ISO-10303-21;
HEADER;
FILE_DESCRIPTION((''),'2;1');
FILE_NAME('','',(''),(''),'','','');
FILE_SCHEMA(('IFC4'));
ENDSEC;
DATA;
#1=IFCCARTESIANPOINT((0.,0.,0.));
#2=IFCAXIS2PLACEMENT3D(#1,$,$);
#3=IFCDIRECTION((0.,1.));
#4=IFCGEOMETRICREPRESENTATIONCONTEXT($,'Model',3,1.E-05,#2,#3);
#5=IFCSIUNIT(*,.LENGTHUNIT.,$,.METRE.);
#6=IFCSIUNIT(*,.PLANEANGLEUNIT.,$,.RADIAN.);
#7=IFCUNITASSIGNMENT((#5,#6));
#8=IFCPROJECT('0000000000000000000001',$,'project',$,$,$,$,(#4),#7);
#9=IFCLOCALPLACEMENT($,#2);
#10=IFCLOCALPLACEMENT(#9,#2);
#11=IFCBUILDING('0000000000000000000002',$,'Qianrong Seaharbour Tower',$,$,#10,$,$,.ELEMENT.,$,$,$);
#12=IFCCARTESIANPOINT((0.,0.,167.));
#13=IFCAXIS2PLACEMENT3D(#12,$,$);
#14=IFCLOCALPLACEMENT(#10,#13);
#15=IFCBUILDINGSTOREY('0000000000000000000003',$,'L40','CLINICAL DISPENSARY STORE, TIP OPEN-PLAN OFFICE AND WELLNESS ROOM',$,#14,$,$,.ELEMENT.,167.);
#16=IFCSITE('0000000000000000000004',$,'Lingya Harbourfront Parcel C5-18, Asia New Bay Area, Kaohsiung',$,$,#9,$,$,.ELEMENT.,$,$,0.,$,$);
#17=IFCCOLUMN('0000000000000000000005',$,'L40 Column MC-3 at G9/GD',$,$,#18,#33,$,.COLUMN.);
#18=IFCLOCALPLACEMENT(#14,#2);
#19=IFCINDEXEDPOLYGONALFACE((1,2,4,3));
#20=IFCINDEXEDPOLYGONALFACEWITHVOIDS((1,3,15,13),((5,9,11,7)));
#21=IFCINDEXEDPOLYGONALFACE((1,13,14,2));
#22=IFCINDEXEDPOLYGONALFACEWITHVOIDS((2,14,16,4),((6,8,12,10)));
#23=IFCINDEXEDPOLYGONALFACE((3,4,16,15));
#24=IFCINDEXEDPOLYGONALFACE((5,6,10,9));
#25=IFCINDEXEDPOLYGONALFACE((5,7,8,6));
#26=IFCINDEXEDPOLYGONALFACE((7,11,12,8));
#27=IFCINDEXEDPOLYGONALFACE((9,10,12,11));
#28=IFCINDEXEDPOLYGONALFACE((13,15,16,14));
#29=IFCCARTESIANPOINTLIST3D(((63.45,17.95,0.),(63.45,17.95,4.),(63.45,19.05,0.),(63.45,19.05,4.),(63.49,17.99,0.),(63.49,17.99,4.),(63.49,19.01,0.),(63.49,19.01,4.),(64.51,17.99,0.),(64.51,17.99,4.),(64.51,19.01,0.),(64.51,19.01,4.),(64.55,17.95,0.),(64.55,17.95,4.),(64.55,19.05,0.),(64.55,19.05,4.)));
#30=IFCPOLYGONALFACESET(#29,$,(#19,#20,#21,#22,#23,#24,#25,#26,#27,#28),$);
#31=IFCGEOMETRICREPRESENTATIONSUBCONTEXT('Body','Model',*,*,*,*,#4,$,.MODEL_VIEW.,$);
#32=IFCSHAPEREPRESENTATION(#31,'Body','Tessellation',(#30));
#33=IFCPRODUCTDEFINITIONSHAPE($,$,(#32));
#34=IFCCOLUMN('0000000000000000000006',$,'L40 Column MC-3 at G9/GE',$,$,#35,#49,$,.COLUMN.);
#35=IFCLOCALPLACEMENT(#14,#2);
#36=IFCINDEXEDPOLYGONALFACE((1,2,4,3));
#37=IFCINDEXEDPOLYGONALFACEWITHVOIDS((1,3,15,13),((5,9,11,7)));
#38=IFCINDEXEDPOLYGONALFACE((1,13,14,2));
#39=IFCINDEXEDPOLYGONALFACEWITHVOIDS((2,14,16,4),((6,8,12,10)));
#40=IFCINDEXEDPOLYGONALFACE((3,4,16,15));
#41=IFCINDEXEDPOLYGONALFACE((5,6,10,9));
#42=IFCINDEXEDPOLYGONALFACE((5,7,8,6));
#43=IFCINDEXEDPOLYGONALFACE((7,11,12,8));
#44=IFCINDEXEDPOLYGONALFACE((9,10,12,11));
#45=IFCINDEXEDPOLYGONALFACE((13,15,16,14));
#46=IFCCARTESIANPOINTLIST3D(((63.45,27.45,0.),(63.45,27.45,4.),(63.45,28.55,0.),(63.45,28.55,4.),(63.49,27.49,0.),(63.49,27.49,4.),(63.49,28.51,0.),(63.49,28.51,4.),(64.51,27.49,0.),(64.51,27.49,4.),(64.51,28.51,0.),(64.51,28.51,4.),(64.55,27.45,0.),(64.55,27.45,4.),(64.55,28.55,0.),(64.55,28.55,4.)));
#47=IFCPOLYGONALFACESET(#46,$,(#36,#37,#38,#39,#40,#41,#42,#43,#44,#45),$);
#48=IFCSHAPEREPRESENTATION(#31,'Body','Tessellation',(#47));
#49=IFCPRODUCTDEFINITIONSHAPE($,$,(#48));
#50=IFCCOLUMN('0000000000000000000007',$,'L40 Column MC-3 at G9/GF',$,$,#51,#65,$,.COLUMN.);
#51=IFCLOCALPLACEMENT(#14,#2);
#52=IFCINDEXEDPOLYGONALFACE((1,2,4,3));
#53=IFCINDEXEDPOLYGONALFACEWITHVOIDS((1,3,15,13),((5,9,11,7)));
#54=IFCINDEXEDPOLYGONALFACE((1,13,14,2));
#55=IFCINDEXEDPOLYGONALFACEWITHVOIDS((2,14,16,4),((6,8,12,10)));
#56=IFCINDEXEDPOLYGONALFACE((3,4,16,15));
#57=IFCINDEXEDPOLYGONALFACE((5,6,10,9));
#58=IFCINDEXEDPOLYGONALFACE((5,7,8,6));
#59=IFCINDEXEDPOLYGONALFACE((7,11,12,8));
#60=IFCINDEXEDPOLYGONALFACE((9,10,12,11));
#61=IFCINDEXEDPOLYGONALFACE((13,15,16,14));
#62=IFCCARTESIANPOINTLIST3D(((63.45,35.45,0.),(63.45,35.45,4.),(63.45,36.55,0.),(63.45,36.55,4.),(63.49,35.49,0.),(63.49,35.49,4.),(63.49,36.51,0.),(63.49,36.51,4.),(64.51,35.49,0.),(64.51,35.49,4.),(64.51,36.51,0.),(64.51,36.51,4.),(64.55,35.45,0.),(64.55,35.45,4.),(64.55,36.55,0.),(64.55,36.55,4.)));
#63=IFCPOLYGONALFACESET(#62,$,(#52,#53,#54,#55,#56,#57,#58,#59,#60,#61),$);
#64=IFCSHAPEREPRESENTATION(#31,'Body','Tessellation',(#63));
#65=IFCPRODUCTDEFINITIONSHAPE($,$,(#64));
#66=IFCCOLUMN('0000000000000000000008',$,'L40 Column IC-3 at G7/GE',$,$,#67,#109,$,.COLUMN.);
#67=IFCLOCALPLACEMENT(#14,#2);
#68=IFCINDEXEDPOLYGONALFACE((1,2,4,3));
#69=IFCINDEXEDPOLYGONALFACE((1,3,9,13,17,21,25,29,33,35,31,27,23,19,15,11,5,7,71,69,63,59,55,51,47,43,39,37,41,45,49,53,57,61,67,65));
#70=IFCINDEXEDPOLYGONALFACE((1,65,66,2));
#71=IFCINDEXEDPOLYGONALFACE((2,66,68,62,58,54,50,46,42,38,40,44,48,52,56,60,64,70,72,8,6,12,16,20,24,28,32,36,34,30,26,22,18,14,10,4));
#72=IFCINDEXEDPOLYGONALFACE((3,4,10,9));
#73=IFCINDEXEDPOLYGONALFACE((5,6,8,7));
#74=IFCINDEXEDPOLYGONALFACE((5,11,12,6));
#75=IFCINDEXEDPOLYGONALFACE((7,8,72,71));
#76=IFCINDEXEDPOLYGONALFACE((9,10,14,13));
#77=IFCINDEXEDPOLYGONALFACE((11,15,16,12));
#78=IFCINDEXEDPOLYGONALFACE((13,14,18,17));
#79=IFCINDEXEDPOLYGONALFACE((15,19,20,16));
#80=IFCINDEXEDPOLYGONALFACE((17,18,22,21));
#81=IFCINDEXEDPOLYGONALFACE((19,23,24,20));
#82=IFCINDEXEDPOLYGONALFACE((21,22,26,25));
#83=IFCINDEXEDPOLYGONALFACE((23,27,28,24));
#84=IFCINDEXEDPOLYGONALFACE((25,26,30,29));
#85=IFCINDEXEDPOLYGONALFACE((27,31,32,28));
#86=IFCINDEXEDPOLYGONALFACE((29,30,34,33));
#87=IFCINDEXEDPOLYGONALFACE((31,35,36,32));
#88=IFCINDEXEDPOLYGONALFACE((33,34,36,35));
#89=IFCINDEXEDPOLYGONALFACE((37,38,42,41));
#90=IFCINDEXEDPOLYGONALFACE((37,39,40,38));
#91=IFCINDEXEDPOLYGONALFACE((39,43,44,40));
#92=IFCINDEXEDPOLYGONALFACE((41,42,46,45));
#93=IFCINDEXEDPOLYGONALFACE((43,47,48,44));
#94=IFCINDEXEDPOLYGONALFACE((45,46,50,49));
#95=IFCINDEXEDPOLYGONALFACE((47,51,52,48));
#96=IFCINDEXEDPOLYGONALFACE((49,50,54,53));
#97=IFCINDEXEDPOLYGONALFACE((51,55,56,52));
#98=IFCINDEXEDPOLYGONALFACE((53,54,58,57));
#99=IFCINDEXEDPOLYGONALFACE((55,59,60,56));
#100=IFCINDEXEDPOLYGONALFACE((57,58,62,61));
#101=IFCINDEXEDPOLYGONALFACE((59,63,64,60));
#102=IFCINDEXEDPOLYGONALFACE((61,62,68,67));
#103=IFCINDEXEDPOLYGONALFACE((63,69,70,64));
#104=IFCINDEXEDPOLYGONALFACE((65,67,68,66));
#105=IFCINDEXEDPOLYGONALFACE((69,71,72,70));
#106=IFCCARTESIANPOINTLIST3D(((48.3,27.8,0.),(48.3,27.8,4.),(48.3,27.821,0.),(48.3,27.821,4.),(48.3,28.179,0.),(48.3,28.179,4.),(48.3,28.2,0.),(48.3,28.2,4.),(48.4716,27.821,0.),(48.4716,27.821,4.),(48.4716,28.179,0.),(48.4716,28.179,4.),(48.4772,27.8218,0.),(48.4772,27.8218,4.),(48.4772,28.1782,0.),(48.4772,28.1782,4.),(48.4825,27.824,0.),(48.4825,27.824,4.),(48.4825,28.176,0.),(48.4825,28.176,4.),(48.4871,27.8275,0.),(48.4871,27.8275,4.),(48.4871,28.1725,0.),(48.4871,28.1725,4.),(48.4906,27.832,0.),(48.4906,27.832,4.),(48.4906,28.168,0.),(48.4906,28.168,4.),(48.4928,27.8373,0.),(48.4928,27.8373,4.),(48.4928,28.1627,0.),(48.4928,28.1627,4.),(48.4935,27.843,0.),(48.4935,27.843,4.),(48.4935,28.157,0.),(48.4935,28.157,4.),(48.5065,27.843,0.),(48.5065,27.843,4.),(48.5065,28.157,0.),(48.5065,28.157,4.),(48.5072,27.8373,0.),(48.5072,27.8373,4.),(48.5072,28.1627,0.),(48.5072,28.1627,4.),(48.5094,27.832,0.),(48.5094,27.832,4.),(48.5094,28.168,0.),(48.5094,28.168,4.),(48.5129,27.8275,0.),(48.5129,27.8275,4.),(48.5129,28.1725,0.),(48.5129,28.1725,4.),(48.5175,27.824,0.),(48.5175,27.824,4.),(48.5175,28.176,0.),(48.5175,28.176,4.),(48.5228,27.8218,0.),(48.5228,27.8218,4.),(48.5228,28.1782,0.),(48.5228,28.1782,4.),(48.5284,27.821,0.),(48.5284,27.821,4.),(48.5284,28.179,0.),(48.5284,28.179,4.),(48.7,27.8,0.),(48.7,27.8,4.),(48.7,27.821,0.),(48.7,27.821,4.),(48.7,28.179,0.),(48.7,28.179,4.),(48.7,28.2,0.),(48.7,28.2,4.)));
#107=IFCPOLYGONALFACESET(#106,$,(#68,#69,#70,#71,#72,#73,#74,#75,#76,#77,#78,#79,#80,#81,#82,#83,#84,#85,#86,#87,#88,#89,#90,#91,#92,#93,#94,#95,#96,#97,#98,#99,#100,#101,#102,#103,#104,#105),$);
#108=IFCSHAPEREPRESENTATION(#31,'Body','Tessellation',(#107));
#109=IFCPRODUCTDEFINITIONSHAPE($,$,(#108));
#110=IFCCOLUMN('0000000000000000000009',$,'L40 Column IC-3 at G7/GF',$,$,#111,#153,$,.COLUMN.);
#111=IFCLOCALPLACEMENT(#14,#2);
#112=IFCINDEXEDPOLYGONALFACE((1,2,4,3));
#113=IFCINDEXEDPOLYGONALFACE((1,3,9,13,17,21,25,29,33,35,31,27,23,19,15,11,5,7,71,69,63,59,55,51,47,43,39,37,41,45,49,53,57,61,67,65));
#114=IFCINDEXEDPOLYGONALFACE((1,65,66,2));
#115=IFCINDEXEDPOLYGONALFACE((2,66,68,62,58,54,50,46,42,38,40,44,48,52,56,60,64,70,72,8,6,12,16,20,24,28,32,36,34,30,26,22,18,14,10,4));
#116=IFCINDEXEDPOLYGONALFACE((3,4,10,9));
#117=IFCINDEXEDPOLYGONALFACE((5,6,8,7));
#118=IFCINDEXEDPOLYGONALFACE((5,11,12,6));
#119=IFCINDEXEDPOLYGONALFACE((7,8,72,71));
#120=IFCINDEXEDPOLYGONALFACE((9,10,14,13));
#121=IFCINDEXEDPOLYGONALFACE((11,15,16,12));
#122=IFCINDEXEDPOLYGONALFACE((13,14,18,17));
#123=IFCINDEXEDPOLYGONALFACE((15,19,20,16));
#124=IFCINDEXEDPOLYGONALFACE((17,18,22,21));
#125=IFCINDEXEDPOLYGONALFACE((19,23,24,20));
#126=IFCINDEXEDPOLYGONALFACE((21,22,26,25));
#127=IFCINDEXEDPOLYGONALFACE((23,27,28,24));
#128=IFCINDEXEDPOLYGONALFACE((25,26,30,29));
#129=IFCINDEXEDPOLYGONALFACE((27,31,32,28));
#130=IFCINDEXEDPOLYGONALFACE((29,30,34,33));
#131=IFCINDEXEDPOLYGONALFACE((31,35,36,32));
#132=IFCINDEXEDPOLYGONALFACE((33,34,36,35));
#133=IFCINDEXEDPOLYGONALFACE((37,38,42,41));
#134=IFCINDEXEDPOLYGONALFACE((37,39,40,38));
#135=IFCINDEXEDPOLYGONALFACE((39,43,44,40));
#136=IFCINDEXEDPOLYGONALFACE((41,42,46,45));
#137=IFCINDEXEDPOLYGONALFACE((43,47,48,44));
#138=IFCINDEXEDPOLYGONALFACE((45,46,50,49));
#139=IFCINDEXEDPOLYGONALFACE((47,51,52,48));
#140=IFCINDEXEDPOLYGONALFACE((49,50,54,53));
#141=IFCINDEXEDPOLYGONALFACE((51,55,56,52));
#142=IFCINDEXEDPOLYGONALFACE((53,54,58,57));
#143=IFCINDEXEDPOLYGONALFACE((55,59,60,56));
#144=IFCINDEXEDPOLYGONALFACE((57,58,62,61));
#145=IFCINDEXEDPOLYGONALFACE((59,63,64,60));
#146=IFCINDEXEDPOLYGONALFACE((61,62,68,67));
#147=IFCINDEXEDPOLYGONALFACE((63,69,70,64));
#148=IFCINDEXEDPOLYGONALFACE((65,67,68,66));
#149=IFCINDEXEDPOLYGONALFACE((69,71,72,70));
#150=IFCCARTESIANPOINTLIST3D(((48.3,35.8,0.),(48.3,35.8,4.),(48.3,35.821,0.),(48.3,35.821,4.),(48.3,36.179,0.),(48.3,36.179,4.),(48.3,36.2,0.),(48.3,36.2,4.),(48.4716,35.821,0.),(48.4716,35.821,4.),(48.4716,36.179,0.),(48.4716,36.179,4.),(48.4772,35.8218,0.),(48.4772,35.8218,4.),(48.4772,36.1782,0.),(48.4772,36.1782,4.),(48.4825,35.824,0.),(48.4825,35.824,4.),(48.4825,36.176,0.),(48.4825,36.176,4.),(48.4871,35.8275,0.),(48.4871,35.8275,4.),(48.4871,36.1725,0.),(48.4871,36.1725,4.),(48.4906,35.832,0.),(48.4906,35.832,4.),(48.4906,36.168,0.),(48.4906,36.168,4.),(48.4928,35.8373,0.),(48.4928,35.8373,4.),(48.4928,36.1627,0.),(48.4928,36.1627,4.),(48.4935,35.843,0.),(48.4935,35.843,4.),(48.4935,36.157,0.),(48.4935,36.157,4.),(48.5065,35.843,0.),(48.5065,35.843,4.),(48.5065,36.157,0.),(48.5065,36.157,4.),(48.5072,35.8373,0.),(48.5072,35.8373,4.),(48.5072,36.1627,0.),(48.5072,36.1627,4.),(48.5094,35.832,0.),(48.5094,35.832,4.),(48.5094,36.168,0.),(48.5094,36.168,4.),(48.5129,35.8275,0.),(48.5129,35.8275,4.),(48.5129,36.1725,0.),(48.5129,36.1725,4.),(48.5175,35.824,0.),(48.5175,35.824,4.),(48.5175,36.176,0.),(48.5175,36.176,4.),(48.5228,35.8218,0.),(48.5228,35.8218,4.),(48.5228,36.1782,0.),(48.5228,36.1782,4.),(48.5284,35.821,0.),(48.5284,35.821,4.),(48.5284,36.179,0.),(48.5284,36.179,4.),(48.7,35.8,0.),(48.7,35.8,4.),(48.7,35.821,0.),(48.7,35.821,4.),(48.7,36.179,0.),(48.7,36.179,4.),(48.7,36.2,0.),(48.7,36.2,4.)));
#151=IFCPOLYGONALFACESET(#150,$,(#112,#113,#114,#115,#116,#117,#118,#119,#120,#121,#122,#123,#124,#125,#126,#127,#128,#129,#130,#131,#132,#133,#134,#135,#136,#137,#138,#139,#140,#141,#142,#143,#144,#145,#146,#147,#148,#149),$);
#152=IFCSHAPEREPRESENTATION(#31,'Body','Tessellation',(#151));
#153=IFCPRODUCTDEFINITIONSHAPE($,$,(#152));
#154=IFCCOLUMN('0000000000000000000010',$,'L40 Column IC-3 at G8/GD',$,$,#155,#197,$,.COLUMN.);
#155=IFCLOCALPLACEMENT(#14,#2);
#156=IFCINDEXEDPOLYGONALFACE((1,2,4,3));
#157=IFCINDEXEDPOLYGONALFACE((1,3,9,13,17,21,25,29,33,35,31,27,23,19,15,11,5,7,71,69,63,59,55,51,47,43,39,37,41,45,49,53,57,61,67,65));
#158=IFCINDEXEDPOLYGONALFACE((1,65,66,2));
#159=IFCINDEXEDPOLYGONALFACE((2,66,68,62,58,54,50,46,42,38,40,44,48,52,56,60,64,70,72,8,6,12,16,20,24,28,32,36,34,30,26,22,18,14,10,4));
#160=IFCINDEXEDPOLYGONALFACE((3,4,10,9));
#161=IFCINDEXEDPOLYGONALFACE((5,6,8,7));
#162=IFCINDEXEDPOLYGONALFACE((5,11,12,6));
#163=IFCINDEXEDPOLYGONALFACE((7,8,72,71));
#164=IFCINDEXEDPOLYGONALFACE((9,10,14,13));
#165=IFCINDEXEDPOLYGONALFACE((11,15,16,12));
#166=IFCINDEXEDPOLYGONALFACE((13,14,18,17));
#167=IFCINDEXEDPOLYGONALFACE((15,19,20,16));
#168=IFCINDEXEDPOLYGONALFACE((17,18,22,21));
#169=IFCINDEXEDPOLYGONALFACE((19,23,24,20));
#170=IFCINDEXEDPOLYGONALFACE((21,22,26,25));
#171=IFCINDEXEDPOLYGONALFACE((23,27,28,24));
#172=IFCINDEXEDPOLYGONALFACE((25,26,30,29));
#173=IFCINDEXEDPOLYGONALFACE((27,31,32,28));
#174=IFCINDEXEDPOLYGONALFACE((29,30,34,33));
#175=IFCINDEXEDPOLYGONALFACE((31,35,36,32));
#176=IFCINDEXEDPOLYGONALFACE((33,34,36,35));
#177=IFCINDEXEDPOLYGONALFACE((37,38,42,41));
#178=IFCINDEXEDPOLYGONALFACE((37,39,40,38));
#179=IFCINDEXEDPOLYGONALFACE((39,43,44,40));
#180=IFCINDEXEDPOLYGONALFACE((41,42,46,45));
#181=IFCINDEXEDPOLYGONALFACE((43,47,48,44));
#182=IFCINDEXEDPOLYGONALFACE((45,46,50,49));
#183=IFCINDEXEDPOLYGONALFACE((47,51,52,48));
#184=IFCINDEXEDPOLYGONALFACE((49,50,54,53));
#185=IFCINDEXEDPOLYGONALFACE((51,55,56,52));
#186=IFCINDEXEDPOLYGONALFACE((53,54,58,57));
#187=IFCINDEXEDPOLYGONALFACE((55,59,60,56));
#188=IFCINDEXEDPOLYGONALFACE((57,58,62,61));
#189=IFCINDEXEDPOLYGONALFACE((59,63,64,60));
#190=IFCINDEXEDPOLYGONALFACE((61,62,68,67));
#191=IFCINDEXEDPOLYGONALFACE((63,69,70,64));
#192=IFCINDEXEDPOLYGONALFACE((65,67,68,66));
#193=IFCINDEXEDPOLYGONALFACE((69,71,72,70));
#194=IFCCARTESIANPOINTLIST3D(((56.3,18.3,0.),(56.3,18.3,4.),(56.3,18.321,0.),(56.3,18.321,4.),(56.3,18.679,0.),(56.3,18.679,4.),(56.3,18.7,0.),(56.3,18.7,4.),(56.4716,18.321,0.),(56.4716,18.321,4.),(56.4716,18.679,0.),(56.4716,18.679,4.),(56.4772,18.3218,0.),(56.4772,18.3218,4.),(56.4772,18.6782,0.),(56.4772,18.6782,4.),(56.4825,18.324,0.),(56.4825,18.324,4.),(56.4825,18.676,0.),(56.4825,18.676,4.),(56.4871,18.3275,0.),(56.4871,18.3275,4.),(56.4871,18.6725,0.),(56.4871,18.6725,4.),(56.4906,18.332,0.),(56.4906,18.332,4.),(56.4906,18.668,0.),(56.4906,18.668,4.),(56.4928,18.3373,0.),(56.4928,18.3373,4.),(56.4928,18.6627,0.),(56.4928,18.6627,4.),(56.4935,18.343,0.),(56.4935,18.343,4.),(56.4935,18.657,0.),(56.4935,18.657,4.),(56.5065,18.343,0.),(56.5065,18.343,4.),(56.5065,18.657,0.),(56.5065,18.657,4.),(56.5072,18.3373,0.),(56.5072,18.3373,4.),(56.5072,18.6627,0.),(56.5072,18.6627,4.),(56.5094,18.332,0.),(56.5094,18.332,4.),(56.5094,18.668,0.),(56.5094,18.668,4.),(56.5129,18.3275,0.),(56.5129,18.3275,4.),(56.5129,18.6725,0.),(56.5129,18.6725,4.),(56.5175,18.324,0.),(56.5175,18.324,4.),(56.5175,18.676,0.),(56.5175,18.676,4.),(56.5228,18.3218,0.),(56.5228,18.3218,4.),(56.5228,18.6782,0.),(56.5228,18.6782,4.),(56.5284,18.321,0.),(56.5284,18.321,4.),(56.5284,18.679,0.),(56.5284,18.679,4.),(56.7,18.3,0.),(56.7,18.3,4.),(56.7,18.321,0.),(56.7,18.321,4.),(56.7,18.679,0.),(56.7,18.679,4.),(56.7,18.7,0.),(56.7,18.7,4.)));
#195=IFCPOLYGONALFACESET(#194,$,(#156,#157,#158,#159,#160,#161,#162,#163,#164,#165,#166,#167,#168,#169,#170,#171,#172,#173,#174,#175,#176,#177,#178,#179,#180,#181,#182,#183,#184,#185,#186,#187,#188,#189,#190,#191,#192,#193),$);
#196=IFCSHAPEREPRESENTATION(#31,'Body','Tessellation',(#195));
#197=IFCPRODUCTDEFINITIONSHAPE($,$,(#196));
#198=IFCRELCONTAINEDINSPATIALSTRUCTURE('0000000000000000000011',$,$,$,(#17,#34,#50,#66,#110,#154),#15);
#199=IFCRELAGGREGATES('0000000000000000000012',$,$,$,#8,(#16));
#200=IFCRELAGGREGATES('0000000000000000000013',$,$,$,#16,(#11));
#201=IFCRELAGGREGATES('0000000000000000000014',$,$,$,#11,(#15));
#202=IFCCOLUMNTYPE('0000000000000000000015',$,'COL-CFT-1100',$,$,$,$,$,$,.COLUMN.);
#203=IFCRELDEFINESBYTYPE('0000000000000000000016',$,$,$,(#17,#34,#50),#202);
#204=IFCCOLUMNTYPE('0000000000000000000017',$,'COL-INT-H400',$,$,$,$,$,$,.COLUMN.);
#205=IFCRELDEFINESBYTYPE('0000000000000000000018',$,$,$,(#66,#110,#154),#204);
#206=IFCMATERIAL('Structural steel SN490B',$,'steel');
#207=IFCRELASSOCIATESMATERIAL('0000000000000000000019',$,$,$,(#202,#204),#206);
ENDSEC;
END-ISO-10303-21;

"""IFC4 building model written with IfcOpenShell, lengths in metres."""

from ifc_helpers import new_model, si_unit, direction, frame, origin, origin_2d, place, context, subcontext, project, spatial, hollow_rectangle, i_section, extrude, material, material_profile, profile_set, type_object, element, save


model = new_model("IFC4")

# Units and contexts
model_context = context("Model", 3, precision=1e-05, world=origin(), true_north=direction((0.0, 1.0)))
body_context = subcontext(model_context, "Body", "Model", "MODEL_VIEW")
ifc_project = project(units=[si_unit("LENGTHUNIT", "METRE"), si_unit("PLANEANGLEUNIT", "RADIAN")], contexts=[model_context])

# Site, building, storey
site_placement = place(None, origin())
site = spatial("IfcSite", under=ifc_project, at=site_placement, Name="Lingya Harbourfront Parcel C5-18, Asia New Bay Area, Kaohsiung", CompositionType="ELEMENT", RefElevation=0.0)
building_placement = place(site_placement, origin())
building = spatial("IfcBuilding", under=site, at=building_placement, Name="Qianrong Seaharbour Tower", CompositionType="ELEMENT")
storey_placement = place(building_placement, frame((0.0, 0.0, 167.0)))
storey = spatial("IfcBuildingStorey", under=building, at=storey_placement, Name="L40", Description="CLINICAL DISPENSARY STORE, TIP OPEN-PLAN OFFICE AND WELLNESS ROOM", CompositionType="ELEMENT", Elevation=167.0)

# Columns
ifc_material_1 = material(Name="Structural steel SN490B", Category="steel")
ifc_material_profile_1 = material_profile(ifc_material_1, hollow_rectangle(XDim=1.1001, YDim=1.1001, WallThickness=0.04, at=origin_2d()), Name="BOX1100x1100x40")
ifc_profile_set_1 = profile_set([ifc_material_profile_1], Name="Structural steel SN490B")
column_type_1 = type_object("IfcColumnType", Name="COL-CFT-1100", PredefinedType="COLUMN", material=ifc_profile_set_1)
for number, where, z_axis, x_axis, name in (
    (1, (64.0, 18.5, 0.0), (0.0, 0.0, 1.0), (1.0, 0.0, 0.0), "L40 Column MC-3 at G9/GD"),
    (2, (64.0, 28.0, 0.0), (0.0, 0.0, 1.0), (1.0, 0.0, 0.0), "L40 Column MC-3 at G9/GE"),
    (3, (64.0, 36.0, 0.0), (0.0, 0.0, 1.0), (1.0, 0.0, 0.0), "L40 Column MC-3 at G9/GF"),
):
    element("IfcColumn", number, at=place(storey_placement, frame(where, z_axis=z_axis, x_axis=x_axis)), inside=storey, type_object=column_type_1, Name=name, PredefinedType="COLUMN", context=body_context, shape_type="SweptSolid", body=[
        extrude(hollow_rectangle(XDim=1.1001, YDim=1.1001, WallThickness=0.04, at=origin_2d()), origin(), (0.0, 0.0, 1.0), 4.0),
    ])
ifc_material_profile_2 = material_profile(ifc_material_1, i_section(OverallWidth=0.3999, OverallDepth=0.3999, WebThickness=0.0129, FlangeThickness=0.021, FilletRadius=0.022, at=origin_2d()), Name="H400x400x13x21")
ifc_profile_set_2 = profile_set([ifc_material_profile_2], Name="Structural steel SN490B")
column_type_2 = type_object("IfcColumnType", Name="COL-INT-H400", PredefinedType="COLUMN", material=ifc_profile_set_2)
for number, where, z_axis, x_axis, name in (
    (4, (48.5, 28.0, 0.0), (0.0, 0.0, 1.0), (1.0, 0.0, 0.0), "L40 Column IC-3 at G7/GE"),
    (5, (48.5, 36.0, 0.0), (0.0, 0.0, 1.0), (1.0, 0.0, 0.0), "L40 Column IC-3 at G7/GF"),
    (6, (56.5, 18.5, 0.0), (0.0, 0.0, 1.0), (1.0, 0.0, 0.0), "L40 Column IC-3 at G8/GD"),
):
    element("IfcColumn", number, at=place(storey_placement, frame(where, z_axis=z_axis, x_axis=x_axis)), inside=storey, type_object=column_type_2, Name=name, PredefinedType="COLUMN", context=body_context, shape_type="SweptSolid", body=[
        extrude(i_section(OverallWidth=0.3999, OverallDepth=0.3999, WebThickness=0.0129, FlangeThickness=0.021, FilletRadius=0.022, at=origin_2d()), origin(), (0.0, 0.0, 1.0), 4.0),
    ])

save(model, "model.ifc")
